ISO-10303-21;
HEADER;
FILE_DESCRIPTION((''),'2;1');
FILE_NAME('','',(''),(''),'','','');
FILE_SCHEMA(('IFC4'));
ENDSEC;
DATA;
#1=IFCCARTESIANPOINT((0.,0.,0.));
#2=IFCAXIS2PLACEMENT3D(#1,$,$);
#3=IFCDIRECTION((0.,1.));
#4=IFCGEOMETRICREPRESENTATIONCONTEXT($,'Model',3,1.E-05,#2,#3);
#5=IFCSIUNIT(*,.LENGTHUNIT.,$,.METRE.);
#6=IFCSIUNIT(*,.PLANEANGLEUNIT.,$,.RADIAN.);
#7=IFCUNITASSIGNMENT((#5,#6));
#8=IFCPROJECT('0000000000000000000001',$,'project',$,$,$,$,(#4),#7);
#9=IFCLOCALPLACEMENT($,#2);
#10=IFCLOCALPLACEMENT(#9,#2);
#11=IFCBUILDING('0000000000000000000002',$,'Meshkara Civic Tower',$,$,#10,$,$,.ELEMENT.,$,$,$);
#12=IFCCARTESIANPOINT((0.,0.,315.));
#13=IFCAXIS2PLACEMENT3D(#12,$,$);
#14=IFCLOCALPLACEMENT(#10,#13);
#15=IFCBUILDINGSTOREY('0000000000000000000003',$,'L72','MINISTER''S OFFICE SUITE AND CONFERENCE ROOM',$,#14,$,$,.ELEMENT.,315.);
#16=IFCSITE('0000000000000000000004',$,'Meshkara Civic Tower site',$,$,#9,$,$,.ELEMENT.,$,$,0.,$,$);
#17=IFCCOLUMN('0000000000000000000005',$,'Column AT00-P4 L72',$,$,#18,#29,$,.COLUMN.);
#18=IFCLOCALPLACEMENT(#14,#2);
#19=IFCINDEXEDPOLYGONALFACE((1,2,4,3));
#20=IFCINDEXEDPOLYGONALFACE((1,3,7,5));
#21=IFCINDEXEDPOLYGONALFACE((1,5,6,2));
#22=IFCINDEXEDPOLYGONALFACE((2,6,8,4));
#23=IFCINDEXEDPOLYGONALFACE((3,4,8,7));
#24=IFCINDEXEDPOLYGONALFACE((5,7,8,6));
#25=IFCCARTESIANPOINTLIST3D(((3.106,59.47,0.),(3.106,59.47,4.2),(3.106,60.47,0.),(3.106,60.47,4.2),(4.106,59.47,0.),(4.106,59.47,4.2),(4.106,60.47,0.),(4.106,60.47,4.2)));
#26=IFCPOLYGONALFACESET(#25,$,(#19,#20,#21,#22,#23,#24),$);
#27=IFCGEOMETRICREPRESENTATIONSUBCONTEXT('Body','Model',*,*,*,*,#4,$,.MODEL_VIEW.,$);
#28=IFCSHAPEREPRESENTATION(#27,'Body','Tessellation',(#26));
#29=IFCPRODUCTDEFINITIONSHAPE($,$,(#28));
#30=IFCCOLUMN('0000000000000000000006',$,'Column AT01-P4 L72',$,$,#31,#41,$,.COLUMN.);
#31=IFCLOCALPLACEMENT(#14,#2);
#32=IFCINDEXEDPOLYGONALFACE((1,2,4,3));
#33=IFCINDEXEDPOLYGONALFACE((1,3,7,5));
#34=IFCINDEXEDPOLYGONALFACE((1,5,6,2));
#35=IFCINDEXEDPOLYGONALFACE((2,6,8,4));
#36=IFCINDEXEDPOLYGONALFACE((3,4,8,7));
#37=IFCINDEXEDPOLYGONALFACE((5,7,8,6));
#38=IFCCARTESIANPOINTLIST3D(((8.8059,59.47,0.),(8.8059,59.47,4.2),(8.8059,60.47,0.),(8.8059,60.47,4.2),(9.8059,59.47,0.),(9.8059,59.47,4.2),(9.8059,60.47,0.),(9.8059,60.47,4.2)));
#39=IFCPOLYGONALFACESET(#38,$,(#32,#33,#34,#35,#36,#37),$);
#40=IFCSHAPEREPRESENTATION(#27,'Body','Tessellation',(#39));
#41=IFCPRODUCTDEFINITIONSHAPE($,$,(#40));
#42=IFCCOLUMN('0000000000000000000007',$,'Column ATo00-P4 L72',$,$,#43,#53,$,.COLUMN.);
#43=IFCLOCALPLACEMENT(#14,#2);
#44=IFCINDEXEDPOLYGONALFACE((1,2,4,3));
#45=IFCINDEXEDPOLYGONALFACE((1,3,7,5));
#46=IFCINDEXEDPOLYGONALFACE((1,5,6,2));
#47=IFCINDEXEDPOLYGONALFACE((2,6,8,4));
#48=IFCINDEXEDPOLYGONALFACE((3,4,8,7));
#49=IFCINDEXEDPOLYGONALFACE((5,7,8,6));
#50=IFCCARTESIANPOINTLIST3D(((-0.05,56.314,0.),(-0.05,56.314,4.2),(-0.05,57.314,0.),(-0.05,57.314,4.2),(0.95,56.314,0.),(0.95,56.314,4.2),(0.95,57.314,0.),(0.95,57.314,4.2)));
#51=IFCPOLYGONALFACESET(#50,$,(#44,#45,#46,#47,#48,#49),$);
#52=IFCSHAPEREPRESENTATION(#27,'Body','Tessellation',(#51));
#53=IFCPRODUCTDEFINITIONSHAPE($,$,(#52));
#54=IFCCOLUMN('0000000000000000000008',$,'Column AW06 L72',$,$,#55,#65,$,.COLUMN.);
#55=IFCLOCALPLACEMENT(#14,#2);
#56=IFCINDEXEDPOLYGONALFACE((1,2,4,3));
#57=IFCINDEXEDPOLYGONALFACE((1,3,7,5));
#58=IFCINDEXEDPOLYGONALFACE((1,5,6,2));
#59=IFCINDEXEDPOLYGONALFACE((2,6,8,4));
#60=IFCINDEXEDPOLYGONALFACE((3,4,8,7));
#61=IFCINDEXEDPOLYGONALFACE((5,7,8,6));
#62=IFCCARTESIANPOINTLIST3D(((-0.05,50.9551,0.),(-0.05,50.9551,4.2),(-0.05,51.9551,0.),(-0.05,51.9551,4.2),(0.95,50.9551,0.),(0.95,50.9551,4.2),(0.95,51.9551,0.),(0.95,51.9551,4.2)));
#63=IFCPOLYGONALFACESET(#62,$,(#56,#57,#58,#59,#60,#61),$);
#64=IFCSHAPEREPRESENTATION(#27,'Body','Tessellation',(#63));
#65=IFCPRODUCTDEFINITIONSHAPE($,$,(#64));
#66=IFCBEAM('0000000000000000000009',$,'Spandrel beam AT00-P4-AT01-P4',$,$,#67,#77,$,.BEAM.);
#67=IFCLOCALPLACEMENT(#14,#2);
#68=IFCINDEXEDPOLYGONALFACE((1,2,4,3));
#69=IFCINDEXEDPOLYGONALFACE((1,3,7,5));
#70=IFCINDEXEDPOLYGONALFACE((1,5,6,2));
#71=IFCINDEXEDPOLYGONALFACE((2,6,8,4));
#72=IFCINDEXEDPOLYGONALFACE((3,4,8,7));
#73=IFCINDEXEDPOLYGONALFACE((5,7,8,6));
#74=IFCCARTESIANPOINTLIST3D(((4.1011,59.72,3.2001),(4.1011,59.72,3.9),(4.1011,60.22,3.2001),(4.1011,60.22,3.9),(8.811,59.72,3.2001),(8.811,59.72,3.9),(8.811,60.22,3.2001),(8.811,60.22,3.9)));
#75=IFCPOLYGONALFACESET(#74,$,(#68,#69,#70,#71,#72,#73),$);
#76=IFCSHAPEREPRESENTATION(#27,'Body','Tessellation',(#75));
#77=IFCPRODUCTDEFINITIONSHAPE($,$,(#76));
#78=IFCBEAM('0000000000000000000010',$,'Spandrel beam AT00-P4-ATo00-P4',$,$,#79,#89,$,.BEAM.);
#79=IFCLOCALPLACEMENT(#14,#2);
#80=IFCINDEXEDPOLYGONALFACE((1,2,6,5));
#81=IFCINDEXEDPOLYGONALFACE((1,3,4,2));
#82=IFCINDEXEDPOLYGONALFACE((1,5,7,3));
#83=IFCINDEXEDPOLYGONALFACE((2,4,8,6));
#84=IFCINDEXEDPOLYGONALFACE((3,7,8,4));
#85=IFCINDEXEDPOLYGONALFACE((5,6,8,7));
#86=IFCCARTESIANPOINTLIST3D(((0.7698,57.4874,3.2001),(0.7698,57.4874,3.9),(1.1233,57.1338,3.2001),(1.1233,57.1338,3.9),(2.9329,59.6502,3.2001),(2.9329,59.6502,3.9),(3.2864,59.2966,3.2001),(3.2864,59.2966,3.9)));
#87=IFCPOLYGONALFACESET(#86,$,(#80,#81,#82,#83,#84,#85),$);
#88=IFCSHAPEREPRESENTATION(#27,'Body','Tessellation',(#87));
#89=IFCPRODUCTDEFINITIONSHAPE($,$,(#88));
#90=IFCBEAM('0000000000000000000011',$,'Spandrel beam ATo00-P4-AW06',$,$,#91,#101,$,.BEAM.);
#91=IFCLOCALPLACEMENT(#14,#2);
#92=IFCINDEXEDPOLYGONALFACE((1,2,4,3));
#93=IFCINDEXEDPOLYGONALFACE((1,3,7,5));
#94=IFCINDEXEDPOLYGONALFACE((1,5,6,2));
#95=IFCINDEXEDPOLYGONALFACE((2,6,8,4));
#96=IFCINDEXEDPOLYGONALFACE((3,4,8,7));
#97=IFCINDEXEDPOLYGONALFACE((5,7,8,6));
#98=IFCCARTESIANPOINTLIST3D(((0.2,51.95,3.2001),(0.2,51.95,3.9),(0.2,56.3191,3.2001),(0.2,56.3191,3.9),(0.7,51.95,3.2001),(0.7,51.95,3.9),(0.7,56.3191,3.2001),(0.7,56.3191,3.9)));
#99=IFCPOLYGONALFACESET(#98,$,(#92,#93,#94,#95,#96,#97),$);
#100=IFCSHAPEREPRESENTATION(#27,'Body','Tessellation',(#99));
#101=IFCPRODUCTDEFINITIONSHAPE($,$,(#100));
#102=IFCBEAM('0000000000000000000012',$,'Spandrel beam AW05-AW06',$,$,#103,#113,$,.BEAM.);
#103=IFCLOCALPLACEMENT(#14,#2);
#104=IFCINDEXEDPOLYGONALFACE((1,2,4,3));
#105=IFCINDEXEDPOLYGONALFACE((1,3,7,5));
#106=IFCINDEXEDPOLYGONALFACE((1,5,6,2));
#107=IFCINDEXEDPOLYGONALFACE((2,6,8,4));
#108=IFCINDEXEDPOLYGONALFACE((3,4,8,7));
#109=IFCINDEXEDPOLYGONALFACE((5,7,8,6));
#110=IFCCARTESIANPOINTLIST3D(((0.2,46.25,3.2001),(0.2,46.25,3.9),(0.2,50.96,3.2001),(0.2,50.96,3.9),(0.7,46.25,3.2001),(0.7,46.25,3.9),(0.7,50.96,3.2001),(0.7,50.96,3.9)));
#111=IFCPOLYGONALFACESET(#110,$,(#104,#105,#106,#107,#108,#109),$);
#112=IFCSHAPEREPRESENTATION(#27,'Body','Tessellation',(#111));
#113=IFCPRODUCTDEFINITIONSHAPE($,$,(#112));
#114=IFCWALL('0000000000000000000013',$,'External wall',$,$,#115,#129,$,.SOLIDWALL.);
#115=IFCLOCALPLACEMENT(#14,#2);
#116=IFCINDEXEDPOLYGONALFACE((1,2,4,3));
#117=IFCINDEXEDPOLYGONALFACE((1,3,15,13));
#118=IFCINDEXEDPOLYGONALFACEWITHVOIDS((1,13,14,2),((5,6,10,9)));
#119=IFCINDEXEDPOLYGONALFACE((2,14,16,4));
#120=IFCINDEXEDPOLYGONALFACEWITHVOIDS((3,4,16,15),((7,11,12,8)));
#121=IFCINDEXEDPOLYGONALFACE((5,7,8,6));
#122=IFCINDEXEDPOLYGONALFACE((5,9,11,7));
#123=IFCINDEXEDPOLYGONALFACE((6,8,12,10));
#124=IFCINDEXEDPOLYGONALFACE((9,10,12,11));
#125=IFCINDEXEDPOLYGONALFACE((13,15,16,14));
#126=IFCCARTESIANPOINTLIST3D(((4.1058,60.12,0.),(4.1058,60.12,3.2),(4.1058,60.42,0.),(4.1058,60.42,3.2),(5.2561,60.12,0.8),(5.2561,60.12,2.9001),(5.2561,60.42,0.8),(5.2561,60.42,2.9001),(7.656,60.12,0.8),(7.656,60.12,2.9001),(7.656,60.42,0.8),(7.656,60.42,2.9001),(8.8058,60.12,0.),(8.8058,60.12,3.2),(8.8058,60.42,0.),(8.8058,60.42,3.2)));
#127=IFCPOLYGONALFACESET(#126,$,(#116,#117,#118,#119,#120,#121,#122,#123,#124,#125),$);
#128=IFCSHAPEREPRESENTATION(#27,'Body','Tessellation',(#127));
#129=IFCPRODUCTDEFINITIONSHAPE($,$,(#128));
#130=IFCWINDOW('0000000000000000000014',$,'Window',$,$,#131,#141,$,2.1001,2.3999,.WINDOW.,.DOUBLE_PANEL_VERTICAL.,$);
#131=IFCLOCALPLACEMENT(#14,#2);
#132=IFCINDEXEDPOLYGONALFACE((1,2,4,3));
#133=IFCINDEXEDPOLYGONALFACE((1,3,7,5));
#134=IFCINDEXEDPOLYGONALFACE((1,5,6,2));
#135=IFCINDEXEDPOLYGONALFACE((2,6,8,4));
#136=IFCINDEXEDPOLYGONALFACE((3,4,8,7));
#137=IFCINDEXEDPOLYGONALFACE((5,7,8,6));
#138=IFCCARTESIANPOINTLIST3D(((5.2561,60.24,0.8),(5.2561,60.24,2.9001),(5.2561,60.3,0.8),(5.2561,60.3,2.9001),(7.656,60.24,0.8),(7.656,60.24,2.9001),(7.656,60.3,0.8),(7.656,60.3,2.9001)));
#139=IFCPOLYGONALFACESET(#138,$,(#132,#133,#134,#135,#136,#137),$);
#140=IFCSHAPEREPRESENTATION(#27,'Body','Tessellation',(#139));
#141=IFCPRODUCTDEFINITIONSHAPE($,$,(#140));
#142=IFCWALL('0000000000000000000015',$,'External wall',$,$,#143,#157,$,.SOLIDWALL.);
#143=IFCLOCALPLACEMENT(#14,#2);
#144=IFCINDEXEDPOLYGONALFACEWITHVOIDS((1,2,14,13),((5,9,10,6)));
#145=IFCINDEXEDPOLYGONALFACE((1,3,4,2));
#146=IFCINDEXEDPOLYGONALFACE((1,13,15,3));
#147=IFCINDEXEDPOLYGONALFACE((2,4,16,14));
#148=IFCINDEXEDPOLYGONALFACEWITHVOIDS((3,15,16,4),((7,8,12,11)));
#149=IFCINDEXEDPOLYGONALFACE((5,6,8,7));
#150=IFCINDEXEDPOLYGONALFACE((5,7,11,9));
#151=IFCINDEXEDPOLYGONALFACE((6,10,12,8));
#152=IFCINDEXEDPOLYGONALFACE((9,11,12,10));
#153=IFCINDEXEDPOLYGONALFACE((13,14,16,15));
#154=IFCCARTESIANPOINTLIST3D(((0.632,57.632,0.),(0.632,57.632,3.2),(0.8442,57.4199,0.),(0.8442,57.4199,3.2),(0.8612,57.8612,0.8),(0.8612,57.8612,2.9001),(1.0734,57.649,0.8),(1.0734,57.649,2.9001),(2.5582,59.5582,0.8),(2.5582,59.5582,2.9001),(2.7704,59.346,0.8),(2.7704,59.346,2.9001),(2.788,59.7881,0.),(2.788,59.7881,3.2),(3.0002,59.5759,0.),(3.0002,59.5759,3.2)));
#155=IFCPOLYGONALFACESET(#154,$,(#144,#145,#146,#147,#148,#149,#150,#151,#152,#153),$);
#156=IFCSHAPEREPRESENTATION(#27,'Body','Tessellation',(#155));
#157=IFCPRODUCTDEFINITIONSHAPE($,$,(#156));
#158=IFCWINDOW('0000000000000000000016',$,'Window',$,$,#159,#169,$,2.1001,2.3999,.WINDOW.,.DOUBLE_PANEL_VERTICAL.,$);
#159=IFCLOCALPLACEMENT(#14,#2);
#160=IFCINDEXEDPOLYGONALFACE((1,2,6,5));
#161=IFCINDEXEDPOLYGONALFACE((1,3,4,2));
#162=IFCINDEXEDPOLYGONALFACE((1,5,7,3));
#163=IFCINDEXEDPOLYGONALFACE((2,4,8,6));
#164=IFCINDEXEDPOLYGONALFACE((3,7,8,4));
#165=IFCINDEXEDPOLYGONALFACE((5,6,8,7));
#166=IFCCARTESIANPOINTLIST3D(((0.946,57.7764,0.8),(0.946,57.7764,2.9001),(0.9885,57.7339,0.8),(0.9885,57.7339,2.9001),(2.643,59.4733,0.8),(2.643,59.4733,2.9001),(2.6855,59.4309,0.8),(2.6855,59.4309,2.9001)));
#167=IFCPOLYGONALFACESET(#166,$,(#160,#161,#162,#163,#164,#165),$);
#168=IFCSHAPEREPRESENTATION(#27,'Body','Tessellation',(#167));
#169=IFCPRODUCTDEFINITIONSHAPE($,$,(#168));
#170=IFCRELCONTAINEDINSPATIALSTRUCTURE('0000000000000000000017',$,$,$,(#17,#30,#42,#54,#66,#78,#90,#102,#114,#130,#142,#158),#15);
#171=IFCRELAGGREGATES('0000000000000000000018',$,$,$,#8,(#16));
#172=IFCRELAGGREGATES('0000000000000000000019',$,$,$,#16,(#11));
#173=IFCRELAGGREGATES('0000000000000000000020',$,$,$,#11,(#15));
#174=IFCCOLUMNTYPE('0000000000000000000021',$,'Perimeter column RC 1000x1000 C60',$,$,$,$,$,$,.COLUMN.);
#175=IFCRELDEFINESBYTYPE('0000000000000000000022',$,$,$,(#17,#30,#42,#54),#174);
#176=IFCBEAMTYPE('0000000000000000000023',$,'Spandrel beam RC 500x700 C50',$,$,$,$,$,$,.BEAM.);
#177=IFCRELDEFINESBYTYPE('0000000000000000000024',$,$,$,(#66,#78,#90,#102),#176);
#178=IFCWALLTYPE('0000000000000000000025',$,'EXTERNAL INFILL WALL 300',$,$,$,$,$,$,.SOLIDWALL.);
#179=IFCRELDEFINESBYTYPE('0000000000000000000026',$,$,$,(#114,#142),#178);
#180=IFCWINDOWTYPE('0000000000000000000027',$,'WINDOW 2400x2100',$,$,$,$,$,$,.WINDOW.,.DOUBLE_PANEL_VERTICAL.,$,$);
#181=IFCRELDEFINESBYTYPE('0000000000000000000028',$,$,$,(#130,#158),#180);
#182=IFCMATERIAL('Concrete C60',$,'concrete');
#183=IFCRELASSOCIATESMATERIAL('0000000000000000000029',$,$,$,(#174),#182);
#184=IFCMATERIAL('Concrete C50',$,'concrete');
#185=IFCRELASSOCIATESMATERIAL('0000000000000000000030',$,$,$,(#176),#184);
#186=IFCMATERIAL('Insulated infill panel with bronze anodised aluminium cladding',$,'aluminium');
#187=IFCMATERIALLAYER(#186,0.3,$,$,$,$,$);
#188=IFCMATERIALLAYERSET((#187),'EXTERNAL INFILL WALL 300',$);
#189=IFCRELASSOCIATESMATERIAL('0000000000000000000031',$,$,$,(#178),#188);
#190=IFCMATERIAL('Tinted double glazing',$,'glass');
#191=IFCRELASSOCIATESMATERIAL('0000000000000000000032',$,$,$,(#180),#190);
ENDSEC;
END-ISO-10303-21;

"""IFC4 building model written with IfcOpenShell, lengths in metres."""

from ifc_helpers import new_model, si_unit, direction, frame, frame_2d, origin, origin_2d, place, context, subcontext, project, spatial, rectangle, extrude, material, layer, layer_set, material_profile, profile_set, type_object, element, fill, save


model = new_model("IFC4")

# Units and contexts
model_context = context("Model", 3, precision=1e-05, world=origin(), true_north=direction((0.0, 1.0)))
body_context = subcontext(model_context, "Body", "Model", "MODEL_VIEW")
ifc_project = project(units=[si_unit("LENGTHUNIT", "METRE"), si_unit("PLANEANGLEUNIT", "RADIAN")], contexts=[model_context])

# Site, building, storey
site_placement = place(None, origin())
site = spatial("IfcSite", under=ifc_project, at=site_placement, Name="Meshkara Civic Tower site", CompositionType="ELEMENT", RefElevation=0.0)
building_placement = place(site_placement, origin())
building = spatial("IfcBuilding", under=site, at=building_placement, Name="Meshkara Civic Tower", CompositionType="ELEMENT")
storey_placement = place(building_placement, frame((0.0, 0.0, 315.0)))
storey = spatial("IfcBuildingStorey", under=building, at=storey_placement, Name="L72", Description="MINISTER'S OFFICE SUITE AND CONFERENCE ROOM", CompositionType="ELEMENT", Elevation=315.0)

# Columns
ifc_material_1 = material(Name="Concrete C60", Category="concrete")
ifc_material_profile_1 = material_profile(ifc_material_1, rectangle(XDim=1.0, YDim=1.0, at=origin_2d()))
ifc_profile_set_1 = profile_set([ifc_material_profile_1], Name="Concrete C60")
column_type = type_object("IfcColumnType", Name="Perimeter column RC 1000x1000 C60", PredefinedType="COLUMN", material=ifc_profile_set_1)
for number, where, z_axis, x_axis, name in (
    (1, (3.606, 59.97, 0.0), (0.0, 0.0, 1.0), (1.0, 0.0, 0.0), "Column AT00-P4 L72"),
    (2, (9.3059, 59.97, 0.0), (0.0, 0.0, 1.0), (1.0, 0.0, 0.0), "Column AT01-P4 L72"),
    (3, (0.45, 56.814, 0.0), (0.0, 0.0, 1.0), (1.0, 0.0, 0.0), "Column ATo00-P4 L72"),
    (4, (0.45, 51.4551, 0.0), (0.0, 0.0, 1.0), (1.0, 0.0, 0.0), "Column AW06 L72"),
):
    element("IfcColumn", number, at=place(storey_placement, frame(where, z_axis=z_axis, x_axis=x_axis)), inside=storey, type_object=column_type, Name=name, PredefinedType="COLUMN", context=body_context, shape_type="SweptSolid", body=[
        extrude(rectangle(XDim=1.0, YDim=1.0, at=origin_2d()), origin(), (0.0, 0.0, 1.0), 4.2),
    ])

# Beams
ifc_material_2 = material(Name="Concrete C50", Category="concrete")
ifc_material_profile_2 = material_profile(ifc_material_2, rectangle(XDim=0.5, YDim=0.7, at=origin_2d()))
ifc_profile_set_2 = profile_set([ifc_material_profile_2], Name="Concrete C50")
beam_type = type_object("IfcBeamType", Name="Spandrel beam RC 500x700 C50", PredefinedType="BEAM", material=ifc_profile_set_2)
beam_1_placement = place(storey_placement, frame((8.811, 59.97, 3.55), z_axis=(-1.0, 0.0, 0.0), x_axis=(0.0, -1.0, 0.0)))
element("IfcBeam", 5, at=beam_1_placement, inside=storey, type_object=beam_type, Name="Spandrel beam AT00-P4-AT01-P4", PredefinedType="BEAM", context=body_context, shape_type="SweptSolid", body=[
    extrude(rectangle(XDim=0.5, YDim=0.7, at=origin_2d()), origin(), (0.0, 0.0, 1.0), 4.71),
])
beam_2_placement = place(storey_placement, frame((3.1096, 59.4734, 3.55), z_axis=(-0.707147, -0.707067, 0.0), x_axis=(0.707067, -0.707147, 0.0)))
element("IfcBeam", 6, at=beam_2_placement, inside=storey, type_object=beam_type, Name="Spandrel beam AT00-P4-ATo00-P4", PredefinedType="BEAM", context=body_context, shape_type="SweptSolid", body=[
    extrude(rectangle(XDim=0.5, YDim=0.7, at=origin_2d()), origin(), (0.0, 0.0, 1.0), 3.0588),
])
beam_3_placement = place(storey_placement, frame((0.45, 56.3191, 3.55), z_axis=(0.0, -1.0, 0.0), x_axis=(1.0, 0.0, 0.0)))
element("IfcBeam", 7, at=beam_3_placement, inside=storey, type_object=beam_type, Name="Spandrel beam ATo00-P4-AW06", PredefinedType="BEAM", context=body_context, shape_type="SweptSolid", body=[
    extrude(rectangle(XDim=0.5, YDim=0.7, at=origin_2d()), origin(), (0.0, 0.0, 1.0), 4.3691),
])
beam_4_placement = place(storey_placement, frame((0.45, 50.96, 3.55), z_axis=(0.0, -1.0, 0.0), x_axis=(1.0, 0.0, 0.0)))
element("IfcBeam", 8, at=beam_4_placement, inside=storey, type_object=beam_type, Name="Spandrel beam AW05-AW06", PredefinedType="BEAM", context=body_context, shape_type="SweptSolid", body=[
    extrude(rectangle(XDim=0.5, YDim=0.7, at=origin_2d()), origin(), (0.0, 0.0, 1.0), 4.71),
])

# Walls, openings, windows
ifc_material_3 = material(Name="Insulated infill panel with bronze anodised aluminium cladding", Category="aluminium")
ifc_layer_1 = layer(ifc_material_3, 0.3)
ifc_layer_set_1 = layer_set([ifc_layer_1], Name="EXTERNAL INFILL WALL 300")
wall_type_1 = type_object("IfcWallType", Name="EXTERNAL INFILL WALL 300", PredefinedType="SOLIDWALL", material=ifc_layer_set_1)
wall_1_placement = place(storey_placement, frame((8.8059, 60.27, 0.0), z_axis=(0.0, 0.0, 1.0), x_axis=(-1.0, 0.0, 0.0)))
wall_1 = element("IfcWall", 9, at=wall_1_placement, inside=storey, type_object=wall_type_1, Name="External wall", PredefinedType="SOLIDWALL", context=body_context, shape_type="SweptSolid", body=[
    extrude(rectangle(XDim=4.7, YDim=0.3, at=frame_2d((2.3501, 0.0))), origin(), (0.0, 0.0, 1.0), 3.2),
])
opening_1_placement = place(wall_1_placement, frame((1.1499, 0.0, 0.8)))
opening_1 = element("IfcOpeningElement", 10, at=opening_1_placement, cuts=wall_1, PredefinedType="OPENING", context=body_context, shape_type="SweptSolid", body=[
    extrude(rectangle(XDim=2.3999, YDim=2.1001, at=frame_2d((1.2, 1.05))), frame((0.0, 0.1599, 0.0), z_axis=(0.0, -1.0, 0.0), x_axis=(1.0, 0.0, 0.0)), (0.0, 0.0, 1.0), 0.3201),
])
ifc_material_4 = material(Name="Tinted double glazing", Category="glass")
window_type = type_object("IfcWindowType", Name="WINDOW 2400x2100", PartitioningType="DOUBLE_PANEL_VERTICAL", PredefinedType="WINDOW", material=ifc_material_4)
window_1_placement = place(opening_1_placement, origin())
window_1 = element("IfcWindow", 11, at=window_1_placement, inside=storey, type_object=window_type, Name="Window", OverallHeight=2.1001, OverallWidth=2.3999, PartitioningType="DOUBLE_PANEL_VERTICAL", PredefinedType="WINDOW", context=body_context, shape_type="SweptSolid", body=[
    extrude(rectangle(XDim=2.3999, YDim=2.1001, at=frame_2d((1.2, 1.05))), frame((0.0, 0.03, 0.0), z_axis=(0.0, -1.0, 0.0), x_axis=(1.0, 0.0, 0.0)), (0.0, 0.0, 1.0), 0.0601),
])
fill(opening_1, window_1)
wall_2_placement = place(storey_placement, frame((2.894, 59.6819, 0.0), z_axis=(0.0, 0.0, 1.0), x_axis=(-0.707107, -0.707107, 0.0)))
wall_2 = element("IfcWall", 12, at=wall_2_placement, inside=storey, type_object=wall_type_1, Name="External wall", PredefinedType="SOLIDWALL", context=body_context, shape_type="SweptSolid", body=[
    extrude(rectangle(XDim=3.0491, YDim=0.3, at=frame_2d((1.5244, 0.0))), origin(), (0.0, 0.0, 1.0), 3.2),
])
opening_2_placement = place(wall_2_placement, frame((0.325, 0.0, 0.8)))
opening_2 = element("IfcOpeningElement", 13, at=opening_2_placement, cuts=wall_2, PredefinedType="OPENING", context=body_context, shape_type="SweptSolid", body=[
    extrude(rectangle(XDim=2.3999, YDim=2.1001, at=frame_2d((1.2, 1.05))), frame((0.0, 0.1599, 0.0), z_axis=(0.0, -1.0, 0.0), x_axis=(1.0, 0.0, 0.0)), (0.0, 0.0, 1.0), 0.3201),
])
window_2_placement = place(opening_2_placement, origin())
window_2 = element("IfcWindow", 14, at=window_2_placement, inside=storey, type_object=window_type, Name="Window", OverallHeight=2.1001, OverallWidth=2.3999, PartitioningType="DOUBLE_PANEL_VERTICAL", PredefinedType="WINDOW", context=body_context, shape_type="SweptSolid", body=[
    extrude(rectangle(XDim=2.3999, YDim=2.1001, at=frame_2d((1.2, 1.05))), frame((0.0, 0.03, 0.0), z_axis=(0.0, -1.0, 0.0), x_axis=(1.0, 0.0, 0.0)), (0.0, 0.0, 1.0), 0.0601),
])
fill(opening_2, window_2)

save(model, "model.ifc")
